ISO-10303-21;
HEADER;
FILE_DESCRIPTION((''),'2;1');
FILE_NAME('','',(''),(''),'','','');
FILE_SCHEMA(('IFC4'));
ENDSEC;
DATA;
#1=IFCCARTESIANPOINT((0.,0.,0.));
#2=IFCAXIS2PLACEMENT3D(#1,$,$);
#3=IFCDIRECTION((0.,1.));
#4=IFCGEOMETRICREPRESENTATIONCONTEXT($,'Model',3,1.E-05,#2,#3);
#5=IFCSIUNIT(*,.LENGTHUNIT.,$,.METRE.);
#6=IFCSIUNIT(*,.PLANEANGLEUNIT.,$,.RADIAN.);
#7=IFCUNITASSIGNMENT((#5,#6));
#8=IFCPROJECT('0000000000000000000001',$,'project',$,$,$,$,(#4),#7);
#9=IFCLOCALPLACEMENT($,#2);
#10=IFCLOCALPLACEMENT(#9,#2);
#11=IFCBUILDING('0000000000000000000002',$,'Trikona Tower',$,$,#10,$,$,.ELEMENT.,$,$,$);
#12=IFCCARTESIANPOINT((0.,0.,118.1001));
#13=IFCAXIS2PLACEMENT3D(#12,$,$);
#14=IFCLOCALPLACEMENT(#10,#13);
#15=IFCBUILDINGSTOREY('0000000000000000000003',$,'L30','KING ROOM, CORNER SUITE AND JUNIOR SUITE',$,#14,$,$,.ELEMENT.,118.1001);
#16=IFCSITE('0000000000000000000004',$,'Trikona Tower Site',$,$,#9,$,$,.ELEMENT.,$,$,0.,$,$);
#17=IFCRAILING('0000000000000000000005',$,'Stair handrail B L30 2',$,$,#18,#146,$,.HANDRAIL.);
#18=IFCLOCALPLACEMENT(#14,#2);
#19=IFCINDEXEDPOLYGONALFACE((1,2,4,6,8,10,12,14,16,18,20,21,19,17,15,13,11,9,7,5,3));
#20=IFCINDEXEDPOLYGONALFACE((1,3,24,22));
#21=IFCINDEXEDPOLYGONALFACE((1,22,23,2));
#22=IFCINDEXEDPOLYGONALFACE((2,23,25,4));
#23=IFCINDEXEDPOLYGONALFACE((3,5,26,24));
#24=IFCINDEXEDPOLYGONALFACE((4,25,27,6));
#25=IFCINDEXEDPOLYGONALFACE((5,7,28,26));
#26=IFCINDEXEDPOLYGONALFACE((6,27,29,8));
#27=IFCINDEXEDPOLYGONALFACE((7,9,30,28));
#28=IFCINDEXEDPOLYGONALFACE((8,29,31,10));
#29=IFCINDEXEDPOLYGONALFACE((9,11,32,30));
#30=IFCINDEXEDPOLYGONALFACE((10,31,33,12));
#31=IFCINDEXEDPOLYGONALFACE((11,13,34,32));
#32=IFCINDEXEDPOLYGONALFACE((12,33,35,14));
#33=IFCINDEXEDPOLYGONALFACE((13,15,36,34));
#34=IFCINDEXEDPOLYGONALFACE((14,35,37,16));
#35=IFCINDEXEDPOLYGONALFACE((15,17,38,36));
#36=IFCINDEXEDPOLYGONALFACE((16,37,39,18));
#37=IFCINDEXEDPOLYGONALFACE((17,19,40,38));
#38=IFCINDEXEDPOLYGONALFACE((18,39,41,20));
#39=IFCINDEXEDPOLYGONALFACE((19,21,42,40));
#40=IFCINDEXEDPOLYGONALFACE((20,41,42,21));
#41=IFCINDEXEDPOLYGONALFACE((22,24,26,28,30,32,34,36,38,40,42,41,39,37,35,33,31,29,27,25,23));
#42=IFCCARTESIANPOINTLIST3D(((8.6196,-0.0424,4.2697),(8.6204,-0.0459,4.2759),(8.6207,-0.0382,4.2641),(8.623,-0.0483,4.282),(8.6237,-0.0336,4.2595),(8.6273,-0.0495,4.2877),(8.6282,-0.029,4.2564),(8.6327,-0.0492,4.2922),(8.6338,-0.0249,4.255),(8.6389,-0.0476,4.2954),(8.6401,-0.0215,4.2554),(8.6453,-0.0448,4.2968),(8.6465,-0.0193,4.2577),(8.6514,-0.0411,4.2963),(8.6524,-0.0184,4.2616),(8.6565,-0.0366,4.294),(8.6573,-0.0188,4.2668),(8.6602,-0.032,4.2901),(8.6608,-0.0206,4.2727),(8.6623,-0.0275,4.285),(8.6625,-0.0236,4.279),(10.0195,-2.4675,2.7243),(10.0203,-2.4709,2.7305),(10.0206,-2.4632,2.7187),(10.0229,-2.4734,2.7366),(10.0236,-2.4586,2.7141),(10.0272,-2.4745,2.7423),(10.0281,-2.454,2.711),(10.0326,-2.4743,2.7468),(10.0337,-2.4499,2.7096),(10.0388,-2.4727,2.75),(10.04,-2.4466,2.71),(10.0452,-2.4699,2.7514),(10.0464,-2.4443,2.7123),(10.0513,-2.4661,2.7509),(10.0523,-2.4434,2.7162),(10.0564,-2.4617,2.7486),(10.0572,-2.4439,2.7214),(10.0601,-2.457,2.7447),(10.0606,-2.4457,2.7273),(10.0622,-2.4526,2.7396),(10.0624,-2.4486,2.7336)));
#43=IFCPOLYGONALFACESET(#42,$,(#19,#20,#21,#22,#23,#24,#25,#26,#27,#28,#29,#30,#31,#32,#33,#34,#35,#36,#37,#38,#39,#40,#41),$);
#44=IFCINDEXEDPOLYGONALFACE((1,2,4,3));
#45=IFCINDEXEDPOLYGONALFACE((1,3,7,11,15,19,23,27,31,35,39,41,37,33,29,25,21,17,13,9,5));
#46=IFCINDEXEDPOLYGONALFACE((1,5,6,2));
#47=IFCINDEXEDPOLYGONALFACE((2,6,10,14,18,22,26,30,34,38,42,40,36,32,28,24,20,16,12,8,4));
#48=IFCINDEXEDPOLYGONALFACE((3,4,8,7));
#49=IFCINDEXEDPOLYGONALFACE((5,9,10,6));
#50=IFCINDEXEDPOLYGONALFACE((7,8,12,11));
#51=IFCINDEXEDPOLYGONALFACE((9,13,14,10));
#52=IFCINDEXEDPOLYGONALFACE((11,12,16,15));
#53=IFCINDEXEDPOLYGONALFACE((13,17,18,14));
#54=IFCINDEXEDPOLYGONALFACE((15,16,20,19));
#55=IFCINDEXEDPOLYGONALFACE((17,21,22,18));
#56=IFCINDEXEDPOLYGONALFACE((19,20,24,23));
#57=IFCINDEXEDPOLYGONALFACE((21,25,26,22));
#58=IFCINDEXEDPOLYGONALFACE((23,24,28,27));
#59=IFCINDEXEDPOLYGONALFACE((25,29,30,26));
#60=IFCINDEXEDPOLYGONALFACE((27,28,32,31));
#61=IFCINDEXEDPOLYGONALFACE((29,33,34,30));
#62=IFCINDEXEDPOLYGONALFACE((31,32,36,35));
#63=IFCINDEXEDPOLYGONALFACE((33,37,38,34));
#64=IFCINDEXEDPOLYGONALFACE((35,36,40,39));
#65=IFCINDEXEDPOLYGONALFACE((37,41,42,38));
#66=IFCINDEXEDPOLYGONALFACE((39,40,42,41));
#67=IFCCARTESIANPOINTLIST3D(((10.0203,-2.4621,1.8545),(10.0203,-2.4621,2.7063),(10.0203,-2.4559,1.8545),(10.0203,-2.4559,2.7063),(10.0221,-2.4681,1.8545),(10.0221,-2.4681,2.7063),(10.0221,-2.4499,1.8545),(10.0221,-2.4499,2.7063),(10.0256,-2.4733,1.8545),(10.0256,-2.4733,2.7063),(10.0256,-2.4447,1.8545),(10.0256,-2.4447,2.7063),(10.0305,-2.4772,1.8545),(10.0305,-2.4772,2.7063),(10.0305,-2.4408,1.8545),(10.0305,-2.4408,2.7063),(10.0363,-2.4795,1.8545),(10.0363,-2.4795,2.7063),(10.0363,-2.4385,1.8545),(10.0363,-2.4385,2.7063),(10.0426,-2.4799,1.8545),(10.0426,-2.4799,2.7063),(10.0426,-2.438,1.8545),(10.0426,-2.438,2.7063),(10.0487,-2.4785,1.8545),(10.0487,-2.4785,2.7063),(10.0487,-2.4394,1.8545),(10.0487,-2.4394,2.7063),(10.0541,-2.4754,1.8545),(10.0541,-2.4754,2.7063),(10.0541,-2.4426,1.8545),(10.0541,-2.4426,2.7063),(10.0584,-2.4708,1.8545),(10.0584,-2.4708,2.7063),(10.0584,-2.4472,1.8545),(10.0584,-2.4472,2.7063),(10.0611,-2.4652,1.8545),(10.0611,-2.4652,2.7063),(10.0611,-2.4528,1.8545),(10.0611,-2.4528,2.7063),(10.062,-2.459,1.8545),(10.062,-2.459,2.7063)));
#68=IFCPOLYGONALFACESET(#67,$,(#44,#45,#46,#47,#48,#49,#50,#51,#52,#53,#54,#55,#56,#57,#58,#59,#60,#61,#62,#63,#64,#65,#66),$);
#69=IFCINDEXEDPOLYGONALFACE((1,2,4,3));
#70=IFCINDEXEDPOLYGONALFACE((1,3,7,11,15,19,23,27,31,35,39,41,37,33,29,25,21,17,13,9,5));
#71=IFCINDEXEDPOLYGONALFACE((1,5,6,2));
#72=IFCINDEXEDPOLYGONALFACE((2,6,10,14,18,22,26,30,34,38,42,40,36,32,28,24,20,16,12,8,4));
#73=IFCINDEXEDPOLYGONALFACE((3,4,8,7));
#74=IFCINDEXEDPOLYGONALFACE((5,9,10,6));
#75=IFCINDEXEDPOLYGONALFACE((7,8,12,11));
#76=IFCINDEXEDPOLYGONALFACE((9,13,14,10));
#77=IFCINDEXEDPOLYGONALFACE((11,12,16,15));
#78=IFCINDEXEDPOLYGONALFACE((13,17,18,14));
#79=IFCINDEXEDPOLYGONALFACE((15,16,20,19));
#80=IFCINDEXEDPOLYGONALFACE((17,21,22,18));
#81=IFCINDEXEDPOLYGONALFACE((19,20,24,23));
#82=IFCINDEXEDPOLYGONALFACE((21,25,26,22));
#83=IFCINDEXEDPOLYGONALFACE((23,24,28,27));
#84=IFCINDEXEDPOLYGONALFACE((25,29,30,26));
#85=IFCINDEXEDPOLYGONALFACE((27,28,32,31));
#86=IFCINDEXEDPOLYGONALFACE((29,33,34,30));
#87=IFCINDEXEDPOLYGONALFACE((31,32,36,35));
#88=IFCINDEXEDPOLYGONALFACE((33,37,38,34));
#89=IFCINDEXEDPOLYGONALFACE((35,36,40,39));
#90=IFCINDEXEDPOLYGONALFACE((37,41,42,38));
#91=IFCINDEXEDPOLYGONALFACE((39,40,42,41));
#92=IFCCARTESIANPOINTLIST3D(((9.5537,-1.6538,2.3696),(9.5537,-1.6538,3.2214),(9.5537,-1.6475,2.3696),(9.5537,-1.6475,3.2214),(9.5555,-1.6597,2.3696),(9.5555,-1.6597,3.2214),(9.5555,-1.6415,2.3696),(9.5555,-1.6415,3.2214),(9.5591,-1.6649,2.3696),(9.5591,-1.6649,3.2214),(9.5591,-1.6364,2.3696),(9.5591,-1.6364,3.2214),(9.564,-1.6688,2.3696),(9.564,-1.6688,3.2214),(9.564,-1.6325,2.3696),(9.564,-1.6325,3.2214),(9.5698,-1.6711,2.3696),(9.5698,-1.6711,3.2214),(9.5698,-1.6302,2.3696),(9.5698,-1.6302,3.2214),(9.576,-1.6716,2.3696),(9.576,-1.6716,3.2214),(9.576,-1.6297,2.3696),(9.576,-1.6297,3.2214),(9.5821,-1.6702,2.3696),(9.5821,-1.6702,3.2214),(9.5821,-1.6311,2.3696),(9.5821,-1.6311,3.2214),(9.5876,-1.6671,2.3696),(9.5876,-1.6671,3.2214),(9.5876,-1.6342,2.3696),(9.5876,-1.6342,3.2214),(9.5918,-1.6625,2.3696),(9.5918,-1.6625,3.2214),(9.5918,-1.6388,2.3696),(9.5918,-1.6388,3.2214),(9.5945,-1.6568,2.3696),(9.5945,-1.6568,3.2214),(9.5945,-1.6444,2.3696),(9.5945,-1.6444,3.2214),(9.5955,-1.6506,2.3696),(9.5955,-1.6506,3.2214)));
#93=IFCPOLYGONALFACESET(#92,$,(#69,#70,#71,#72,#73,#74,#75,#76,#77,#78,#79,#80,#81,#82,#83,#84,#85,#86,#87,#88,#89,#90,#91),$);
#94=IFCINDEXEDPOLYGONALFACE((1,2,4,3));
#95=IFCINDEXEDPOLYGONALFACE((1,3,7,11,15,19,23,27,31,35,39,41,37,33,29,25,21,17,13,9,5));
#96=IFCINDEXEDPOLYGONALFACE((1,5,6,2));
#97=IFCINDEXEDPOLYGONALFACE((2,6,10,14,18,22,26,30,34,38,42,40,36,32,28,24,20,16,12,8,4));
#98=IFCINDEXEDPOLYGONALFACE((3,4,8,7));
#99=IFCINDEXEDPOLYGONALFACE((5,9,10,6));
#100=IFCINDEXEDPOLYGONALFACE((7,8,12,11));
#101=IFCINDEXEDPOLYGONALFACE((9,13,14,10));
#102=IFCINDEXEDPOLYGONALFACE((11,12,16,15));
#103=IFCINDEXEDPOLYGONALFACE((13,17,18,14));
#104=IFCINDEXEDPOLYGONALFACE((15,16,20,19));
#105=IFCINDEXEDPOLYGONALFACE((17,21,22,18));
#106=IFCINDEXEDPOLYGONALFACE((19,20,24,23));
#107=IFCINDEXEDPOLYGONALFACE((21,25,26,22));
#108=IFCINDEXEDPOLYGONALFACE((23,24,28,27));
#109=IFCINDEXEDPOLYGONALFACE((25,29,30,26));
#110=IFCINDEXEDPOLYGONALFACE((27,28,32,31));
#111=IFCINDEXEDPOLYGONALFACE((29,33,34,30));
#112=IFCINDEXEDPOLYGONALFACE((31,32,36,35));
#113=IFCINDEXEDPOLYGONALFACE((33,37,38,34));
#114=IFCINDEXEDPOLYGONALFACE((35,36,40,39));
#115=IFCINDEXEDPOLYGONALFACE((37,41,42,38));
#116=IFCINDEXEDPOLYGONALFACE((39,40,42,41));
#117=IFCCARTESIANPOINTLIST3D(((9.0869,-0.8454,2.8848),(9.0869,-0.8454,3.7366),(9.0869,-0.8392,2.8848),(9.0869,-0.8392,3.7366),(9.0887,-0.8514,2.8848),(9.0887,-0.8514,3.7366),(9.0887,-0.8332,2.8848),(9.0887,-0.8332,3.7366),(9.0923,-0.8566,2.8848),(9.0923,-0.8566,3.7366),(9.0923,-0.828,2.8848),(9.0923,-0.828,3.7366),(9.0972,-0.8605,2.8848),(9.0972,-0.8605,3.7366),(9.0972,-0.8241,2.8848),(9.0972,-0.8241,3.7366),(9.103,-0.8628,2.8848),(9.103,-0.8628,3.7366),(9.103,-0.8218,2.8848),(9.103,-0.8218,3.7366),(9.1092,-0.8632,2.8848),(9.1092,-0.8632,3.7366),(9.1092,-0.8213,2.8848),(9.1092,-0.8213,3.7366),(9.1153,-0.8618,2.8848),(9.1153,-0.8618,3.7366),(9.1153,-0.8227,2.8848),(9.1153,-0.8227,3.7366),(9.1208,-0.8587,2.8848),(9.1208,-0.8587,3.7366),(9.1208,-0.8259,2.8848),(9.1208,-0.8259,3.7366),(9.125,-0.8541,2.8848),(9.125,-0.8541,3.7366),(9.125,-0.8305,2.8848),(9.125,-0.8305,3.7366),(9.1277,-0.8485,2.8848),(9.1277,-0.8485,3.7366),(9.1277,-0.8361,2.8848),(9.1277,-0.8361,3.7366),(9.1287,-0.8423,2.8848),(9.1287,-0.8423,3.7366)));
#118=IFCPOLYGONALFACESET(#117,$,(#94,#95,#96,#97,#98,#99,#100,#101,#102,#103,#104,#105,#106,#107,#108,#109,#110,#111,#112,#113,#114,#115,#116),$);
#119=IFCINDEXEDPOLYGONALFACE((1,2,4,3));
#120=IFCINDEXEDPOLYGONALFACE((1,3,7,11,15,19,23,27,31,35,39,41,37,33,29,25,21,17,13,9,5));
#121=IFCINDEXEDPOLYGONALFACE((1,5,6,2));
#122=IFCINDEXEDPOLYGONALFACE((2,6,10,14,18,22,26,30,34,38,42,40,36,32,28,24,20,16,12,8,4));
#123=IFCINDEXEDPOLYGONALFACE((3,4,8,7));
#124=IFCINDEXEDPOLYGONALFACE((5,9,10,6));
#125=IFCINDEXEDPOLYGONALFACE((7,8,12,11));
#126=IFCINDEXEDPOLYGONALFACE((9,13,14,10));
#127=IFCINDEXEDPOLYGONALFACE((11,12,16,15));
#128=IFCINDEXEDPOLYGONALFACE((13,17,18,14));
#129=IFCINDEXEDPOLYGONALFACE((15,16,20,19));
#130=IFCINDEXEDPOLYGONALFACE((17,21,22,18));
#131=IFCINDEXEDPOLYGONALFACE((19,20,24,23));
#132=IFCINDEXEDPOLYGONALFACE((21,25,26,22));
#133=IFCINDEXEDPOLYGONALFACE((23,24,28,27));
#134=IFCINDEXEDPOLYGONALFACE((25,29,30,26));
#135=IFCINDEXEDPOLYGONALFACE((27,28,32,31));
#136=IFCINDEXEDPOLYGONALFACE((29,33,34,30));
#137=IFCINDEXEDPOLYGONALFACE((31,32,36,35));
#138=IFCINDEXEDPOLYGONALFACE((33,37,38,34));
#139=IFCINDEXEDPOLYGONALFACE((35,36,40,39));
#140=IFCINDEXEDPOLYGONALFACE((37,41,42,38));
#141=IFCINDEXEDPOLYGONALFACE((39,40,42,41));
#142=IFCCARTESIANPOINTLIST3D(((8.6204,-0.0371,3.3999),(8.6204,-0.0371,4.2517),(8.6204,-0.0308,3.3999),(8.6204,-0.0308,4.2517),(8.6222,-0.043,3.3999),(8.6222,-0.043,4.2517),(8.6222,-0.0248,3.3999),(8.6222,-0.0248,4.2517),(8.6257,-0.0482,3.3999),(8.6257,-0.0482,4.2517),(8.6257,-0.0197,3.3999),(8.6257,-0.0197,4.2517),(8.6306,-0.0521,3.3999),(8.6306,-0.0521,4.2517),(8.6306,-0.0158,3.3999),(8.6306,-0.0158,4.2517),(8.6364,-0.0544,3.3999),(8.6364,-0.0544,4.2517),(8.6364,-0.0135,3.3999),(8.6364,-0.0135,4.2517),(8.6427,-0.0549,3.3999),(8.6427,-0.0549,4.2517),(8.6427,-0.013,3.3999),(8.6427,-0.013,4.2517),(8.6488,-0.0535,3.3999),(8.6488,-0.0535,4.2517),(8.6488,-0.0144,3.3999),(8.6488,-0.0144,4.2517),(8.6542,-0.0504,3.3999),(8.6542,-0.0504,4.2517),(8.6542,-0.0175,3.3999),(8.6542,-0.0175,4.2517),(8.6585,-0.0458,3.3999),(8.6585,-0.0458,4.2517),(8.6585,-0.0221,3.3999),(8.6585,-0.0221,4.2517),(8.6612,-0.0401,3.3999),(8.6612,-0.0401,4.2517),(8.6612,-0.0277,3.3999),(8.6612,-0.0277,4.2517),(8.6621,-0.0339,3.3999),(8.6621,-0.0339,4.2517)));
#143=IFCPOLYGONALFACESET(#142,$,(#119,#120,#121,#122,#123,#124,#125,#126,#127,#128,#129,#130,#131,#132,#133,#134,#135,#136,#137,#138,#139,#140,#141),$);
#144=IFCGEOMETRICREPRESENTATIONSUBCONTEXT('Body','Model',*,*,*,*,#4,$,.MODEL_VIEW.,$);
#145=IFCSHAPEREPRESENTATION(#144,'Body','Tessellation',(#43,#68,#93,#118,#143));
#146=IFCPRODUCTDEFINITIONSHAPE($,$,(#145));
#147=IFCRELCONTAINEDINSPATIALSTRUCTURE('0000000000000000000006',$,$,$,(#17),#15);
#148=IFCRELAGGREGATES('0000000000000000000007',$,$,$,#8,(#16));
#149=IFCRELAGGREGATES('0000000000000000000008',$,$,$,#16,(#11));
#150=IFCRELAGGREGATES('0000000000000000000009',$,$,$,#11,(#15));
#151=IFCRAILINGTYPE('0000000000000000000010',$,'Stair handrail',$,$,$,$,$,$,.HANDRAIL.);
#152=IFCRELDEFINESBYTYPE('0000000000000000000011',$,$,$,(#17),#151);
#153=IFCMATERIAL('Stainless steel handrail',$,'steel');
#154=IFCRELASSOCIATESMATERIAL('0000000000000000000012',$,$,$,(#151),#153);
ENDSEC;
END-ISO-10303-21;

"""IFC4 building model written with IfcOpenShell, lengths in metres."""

from ifc_helpers import new_model, si_unit, direction, frame, origin, origin_2d, place, context, subcontext, project, spatial, circle, extrude, material, type_object, element, save


model = new_model("IFC4")

# Units and contexts
model_context = context("Model", 3, precision=1e-05, world=origin(), true_north=direction((0.0, 1.0)))
body_context = subcontext(model_context, "Body", "Model", "MODEL_VIEW")
ifc_project = project(units=[si_unit("LENGTHUNIT", "METRE"), si_unit("PLANEANGLEUNIT", "RADIAN")], contexts=[model_context])

# Site, building, storey
site_placement = place(None, origin())
site = spatial("IfcSite", under=ifc_project, at=site_placement, Name="Trikona Tower Site", CompositionType="ELEMENT", RefElevation=0.0)
building_placement = place(site_placement, origin())
building = spatial("IfcBuilding", under=site, at=building_placement, Name="Trikona Tower", CompositionType="ELEMENT")
storey_placement = place(building_placement, frame((0.0, 0.0, 118.1001)))
storey = spatial("IfcBuildingStorey", under=building, at=storey_placement, Name="L30", Description="KING ROOM, CORNER SUITE AND JUNIOR SUITE", CompositionType="ELEMENT", Elevation=118.1001)

# Railing
ifc_material_1 = material(Name="Stainless steel handrail", Category="steel")
railing_type = type_object("IfcRailingType", Name="Stair handrail", PredefinedType="HANDRAIL", material=ifc_material_1)
railing_placement = place(storey_placement, frame((10.041, -2.459, 1.8545)))
element("IfcRailing", 1, at=railing_placement, inside=storey, type_object=railing_type, Name="Stair handrail B L30 2", PredefinedType="HANDRAIL", context=body_context, shape_type="SweptSolid", body=[
    extrude(circle(Radius=0.0239, at=origin_2d()), frame((0.0, 0.0, 0.876), z_axis=(-0.437707, 0.75824, 0.483203), x_axis=(-0.866056, -0.499946, 0.0)), (0.0, 0.0, 1.0), 3.1982),
    extrude(circle(Radius=0.021, at=origin_2d()), origin(), (0.0, 0.0, 1.0), 0.8518),
    extrude(circle(Radius=0.021, at=origin_2d()), frame((-0.4666, 0.8083, 0.5151)), (0.0, 0.0, 1.0), 0.8518),
    extrude(circle(Radius=0.021, at=origin_2d()), frame((-0.9333, 1.6167, 1.0303)), (0.0, 0.0, 1.0), 0.8518),
    extrude(circle(Radius=0.021, at=origin_2d()), frame((-1.3999, 2.425, 1.5454)), (0.0, 0.0, 1.0), 0.8518),
])

save(model, "model.ifc")
